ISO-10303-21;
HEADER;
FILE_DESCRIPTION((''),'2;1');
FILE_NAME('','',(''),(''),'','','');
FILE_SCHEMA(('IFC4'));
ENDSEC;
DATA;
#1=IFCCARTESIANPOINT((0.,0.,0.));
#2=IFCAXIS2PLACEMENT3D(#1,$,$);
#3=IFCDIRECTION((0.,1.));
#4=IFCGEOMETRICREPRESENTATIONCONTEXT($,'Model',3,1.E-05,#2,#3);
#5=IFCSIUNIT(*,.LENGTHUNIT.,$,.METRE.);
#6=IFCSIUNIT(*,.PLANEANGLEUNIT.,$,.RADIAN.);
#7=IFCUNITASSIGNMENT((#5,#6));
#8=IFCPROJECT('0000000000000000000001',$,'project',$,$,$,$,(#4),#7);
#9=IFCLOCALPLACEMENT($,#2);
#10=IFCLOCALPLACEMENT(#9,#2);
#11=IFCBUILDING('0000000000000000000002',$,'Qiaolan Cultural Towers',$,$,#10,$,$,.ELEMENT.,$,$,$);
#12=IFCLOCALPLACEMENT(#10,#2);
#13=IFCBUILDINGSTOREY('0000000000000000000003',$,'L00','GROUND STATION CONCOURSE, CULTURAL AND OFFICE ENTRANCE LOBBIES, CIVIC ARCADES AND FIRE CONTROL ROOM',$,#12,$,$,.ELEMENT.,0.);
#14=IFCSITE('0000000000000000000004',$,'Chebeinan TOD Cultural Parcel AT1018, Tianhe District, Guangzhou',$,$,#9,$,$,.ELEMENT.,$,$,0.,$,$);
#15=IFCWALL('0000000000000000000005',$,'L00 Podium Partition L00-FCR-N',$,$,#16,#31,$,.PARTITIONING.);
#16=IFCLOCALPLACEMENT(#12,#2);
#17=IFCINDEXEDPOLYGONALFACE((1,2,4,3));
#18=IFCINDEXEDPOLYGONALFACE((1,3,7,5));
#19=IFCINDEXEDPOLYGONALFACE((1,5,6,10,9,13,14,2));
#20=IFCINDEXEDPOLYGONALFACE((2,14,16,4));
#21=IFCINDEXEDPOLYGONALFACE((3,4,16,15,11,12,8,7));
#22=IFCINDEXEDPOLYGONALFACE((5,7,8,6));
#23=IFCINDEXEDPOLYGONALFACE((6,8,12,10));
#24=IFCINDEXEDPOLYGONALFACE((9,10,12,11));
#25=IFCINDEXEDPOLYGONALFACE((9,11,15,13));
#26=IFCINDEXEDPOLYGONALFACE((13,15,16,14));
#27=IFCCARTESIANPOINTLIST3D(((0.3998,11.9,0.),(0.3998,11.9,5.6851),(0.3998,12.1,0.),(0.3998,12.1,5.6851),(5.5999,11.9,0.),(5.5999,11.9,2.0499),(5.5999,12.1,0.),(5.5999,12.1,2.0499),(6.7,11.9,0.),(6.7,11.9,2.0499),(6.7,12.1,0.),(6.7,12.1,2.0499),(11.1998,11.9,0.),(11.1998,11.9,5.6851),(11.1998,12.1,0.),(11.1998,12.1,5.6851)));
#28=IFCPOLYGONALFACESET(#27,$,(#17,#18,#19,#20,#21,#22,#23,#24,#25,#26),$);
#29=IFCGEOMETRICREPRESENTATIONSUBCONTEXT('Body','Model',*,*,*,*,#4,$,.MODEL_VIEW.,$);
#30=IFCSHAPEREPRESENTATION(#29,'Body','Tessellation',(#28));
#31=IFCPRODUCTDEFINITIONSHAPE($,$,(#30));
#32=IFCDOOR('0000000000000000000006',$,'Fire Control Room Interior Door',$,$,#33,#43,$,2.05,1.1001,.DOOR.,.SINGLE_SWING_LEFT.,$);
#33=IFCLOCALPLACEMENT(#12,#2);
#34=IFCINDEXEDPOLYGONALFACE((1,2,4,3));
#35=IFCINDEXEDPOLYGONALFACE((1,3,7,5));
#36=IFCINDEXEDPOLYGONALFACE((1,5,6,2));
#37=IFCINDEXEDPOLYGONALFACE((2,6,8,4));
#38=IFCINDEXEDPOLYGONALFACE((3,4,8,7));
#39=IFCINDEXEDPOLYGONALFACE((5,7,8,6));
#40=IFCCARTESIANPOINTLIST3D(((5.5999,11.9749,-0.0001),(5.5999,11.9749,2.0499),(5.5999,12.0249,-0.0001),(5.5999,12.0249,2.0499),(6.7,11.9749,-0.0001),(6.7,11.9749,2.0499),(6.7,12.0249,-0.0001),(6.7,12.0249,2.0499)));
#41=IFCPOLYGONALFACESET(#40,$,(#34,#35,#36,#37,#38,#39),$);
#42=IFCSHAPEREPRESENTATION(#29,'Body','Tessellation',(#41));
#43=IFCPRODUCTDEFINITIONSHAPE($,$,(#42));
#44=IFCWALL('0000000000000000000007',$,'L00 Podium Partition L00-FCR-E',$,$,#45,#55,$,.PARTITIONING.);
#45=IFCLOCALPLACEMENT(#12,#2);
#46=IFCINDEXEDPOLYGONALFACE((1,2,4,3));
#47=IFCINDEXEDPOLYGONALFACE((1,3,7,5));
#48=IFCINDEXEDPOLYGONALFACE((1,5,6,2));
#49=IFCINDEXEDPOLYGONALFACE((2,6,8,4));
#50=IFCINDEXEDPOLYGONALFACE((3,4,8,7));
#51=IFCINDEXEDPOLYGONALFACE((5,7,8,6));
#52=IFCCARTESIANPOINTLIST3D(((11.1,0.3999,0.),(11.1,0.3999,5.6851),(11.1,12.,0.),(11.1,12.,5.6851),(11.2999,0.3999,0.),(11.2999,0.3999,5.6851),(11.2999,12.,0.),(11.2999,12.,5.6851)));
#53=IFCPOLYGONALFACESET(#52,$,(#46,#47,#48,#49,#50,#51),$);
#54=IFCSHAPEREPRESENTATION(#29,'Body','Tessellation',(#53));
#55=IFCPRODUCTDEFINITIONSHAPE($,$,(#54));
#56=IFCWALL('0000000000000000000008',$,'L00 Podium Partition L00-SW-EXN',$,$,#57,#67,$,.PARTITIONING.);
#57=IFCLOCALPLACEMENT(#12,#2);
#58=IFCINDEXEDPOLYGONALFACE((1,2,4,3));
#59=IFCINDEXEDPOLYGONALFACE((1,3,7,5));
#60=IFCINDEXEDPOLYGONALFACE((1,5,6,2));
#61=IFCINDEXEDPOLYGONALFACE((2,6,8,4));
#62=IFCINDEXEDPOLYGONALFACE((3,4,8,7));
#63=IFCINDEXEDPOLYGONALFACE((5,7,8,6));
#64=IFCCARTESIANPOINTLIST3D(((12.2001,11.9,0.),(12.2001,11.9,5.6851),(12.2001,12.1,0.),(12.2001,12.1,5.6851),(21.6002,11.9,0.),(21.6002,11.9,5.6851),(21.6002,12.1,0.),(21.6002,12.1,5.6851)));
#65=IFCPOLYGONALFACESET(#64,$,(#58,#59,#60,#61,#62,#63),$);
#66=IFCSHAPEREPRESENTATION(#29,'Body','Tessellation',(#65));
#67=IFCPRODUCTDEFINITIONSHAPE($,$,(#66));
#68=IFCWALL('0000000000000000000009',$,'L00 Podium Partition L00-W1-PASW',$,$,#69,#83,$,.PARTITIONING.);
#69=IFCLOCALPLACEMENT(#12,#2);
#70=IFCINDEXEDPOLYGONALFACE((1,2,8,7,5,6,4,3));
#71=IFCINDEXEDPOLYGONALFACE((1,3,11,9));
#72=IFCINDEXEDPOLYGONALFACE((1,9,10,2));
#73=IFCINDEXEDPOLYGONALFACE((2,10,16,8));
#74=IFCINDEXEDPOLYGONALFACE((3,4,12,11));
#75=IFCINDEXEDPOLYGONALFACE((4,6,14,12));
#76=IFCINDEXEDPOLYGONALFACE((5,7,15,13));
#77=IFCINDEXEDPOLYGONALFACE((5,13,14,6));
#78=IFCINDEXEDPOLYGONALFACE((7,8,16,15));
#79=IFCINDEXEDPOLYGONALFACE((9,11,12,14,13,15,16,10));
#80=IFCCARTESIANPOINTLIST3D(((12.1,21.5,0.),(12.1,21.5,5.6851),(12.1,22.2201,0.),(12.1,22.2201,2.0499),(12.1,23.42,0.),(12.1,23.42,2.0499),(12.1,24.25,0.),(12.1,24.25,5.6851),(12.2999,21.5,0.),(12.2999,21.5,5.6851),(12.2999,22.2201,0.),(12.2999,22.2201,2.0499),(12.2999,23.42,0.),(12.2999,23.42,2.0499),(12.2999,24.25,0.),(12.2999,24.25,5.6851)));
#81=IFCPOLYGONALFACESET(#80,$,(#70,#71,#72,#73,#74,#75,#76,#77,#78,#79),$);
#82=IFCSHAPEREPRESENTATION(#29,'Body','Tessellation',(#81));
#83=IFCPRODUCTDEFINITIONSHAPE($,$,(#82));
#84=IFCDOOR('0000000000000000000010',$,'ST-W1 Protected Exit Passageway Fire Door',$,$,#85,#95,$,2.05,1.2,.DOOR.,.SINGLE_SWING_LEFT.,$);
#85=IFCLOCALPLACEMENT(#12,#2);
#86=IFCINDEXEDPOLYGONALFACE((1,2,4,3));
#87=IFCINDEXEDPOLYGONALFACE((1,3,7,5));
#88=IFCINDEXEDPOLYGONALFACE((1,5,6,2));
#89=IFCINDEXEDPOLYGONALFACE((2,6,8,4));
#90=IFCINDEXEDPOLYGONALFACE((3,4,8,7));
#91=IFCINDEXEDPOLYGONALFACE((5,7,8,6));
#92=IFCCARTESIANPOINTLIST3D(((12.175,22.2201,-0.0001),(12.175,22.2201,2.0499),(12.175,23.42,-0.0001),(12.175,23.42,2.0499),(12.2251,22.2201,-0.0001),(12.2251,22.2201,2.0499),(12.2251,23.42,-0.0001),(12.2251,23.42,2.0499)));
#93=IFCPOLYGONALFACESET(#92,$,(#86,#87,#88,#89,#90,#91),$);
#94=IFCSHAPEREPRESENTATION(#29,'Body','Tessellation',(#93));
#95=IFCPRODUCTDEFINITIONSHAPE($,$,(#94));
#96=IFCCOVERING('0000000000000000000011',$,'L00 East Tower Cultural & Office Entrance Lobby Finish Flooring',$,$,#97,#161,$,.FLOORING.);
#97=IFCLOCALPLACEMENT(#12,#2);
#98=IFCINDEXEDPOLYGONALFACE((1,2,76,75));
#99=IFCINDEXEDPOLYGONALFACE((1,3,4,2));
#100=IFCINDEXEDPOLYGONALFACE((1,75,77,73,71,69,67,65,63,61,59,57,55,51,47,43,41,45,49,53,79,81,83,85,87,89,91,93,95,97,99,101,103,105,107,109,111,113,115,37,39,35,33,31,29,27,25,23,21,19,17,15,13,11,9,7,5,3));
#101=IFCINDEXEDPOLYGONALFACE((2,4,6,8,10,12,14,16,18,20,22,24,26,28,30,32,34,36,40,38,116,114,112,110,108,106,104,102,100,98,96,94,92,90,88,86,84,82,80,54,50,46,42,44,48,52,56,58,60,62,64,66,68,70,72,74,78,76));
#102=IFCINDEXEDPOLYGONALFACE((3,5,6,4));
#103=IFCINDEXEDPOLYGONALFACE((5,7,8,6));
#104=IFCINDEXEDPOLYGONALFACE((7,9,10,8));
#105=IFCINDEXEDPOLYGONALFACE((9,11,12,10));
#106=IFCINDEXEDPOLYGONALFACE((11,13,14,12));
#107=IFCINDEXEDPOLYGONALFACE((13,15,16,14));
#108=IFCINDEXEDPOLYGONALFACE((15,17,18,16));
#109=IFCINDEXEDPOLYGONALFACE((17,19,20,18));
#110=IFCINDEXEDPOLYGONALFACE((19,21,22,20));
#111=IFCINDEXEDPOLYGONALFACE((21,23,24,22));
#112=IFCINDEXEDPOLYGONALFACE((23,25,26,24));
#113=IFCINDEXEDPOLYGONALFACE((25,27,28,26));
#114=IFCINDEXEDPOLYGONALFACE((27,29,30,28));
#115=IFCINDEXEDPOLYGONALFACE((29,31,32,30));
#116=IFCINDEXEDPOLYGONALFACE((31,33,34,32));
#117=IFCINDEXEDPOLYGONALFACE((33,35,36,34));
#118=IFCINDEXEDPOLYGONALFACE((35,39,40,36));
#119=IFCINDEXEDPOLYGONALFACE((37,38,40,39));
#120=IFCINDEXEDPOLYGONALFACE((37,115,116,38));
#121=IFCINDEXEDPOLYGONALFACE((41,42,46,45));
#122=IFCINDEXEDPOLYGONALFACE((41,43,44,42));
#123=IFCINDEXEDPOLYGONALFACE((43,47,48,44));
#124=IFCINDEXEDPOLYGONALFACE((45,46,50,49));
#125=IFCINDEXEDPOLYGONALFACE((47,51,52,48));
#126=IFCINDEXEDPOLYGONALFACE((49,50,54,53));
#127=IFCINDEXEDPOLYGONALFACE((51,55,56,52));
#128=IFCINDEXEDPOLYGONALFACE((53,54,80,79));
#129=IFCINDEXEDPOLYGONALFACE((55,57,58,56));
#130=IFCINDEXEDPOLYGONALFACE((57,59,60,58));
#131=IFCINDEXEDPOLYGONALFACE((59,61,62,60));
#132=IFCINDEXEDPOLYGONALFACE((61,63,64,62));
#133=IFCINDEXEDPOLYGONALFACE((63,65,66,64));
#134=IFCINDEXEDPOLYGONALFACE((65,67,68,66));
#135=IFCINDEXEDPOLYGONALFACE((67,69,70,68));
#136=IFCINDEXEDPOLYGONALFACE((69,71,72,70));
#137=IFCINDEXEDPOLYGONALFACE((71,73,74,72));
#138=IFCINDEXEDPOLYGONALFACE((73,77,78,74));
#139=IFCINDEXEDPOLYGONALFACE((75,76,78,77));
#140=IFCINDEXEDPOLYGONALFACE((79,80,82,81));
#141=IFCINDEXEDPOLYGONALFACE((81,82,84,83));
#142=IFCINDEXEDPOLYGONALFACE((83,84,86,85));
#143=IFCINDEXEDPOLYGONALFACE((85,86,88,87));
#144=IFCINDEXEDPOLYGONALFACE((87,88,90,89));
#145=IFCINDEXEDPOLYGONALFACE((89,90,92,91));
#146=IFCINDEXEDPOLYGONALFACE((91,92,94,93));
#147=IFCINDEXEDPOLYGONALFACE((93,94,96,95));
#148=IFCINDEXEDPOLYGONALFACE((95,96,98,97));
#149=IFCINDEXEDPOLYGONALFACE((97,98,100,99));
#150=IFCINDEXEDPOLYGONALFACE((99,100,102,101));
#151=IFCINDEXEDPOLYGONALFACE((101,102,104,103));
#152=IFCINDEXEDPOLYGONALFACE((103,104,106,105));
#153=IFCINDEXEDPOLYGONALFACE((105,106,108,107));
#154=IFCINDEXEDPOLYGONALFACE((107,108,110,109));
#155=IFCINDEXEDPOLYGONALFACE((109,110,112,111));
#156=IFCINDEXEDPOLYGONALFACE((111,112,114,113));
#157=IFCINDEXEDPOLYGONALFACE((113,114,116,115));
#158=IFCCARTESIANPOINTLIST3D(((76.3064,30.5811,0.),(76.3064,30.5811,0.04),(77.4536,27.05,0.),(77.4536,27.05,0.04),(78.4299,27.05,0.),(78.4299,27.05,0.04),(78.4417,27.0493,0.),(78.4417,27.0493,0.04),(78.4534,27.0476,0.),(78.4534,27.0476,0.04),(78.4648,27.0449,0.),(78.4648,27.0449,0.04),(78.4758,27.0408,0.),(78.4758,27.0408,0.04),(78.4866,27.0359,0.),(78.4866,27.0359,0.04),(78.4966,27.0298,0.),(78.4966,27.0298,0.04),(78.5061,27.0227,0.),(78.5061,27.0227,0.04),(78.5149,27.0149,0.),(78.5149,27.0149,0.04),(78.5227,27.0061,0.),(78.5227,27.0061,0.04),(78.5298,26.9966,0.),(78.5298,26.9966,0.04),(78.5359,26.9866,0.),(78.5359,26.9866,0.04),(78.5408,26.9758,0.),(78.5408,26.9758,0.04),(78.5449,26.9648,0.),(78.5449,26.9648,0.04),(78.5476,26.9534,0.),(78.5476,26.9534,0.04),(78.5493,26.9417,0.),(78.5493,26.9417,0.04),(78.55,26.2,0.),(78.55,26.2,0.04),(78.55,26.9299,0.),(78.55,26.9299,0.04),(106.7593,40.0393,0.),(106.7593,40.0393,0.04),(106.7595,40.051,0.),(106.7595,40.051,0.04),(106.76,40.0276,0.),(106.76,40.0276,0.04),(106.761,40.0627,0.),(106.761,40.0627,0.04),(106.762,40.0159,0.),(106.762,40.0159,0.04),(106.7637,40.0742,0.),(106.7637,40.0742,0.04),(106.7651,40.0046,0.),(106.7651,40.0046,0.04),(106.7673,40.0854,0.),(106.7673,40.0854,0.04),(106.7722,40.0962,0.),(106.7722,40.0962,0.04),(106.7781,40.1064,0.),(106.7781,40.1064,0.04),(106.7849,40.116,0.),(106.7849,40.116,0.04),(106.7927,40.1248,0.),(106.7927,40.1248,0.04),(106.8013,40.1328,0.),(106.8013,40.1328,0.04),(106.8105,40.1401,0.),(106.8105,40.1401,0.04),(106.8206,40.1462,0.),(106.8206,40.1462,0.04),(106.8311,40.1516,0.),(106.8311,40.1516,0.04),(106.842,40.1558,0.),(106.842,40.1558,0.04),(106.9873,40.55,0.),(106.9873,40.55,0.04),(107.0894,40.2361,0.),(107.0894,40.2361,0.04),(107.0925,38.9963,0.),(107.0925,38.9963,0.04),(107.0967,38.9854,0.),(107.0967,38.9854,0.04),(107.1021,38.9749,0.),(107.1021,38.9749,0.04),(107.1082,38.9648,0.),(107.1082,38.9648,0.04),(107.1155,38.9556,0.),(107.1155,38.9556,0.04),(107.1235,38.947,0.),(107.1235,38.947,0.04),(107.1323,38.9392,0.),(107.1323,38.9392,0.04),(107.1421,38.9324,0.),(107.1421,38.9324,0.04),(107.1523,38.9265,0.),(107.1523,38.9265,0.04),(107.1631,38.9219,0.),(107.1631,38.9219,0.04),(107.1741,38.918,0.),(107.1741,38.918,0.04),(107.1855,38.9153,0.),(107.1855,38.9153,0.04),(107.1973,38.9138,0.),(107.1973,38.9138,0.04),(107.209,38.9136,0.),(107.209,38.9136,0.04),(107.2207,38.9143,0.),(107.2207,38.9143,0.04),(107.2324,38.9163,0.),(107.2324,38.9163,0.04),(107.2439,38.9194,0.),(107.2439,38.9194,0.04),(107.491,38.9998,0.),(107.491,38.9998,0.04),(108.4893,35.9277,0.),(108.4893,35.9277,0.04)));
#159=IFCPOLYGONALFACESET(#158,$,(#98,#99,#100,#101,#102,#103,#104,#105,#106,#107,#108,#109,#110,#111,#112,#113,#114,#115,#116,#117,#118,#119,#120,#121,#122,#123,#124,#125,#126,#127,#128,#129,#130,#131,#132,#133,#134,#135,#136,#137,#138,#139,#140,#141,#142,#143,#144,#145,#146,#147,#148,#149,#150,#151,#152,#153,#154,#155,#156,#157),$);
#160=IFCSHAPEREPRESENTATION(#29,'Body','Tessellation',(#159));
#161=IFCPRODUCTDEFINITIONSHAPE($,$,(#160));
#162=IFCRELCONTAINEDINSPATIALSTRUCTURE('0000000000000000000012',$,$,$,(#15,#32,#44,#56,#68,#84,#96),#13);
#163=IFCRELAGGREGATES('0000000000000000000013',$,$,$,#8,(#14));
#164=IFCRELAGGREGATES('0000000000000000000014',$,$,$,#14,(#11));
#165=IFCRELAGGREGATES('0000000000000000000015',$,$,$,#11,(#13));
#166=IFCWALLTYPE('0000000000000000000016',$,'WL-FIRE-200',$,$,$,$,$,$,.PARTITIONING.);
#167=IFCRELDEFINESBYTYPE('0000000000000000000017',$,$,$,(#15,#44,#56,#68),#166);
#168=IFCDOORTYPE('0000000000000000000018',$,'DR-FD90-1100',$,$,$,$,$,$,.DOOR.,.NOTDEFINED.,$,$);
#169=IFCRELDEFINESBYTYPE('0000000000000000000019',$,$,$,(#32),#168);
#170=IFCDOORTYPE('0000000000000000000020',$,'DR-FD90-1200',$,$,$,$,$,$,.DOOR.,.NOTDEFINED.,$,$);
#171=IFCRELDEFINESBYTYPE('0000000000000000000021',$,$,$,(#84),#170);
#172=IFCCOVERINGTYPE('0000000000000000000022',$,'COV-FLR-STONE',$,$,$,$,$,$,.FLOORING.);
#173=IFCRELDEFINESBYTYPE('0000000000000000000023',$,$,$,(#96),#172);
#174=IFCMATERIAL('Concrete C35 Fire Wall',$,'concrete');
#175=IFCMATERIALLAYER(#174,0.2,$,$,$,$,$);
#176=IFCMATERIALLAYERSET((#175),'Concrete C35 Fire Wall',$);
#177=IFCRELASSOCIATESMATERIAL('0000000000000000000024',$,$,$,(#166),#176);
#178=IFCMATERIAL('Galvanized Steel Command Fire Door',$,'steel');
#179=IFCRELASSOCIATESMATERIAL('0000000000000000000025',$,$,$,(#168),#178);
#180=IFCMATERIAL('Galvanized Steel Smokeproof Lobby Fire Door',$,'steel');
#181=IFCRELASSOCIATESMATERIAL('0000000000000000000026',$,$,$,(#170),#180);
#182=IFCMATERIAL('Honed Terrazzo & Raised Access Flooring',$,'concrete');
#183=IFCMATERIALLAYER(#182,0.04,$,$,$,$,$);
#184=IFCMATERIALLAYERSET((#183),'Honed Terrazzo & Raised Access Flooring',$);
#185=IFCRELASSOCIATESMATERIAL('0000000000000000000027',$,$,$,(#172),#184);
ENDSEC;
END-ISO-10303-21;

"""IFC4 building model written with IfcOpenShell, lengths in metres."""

from ifc_helpers import new_model, si_unit, direction, frame, frame_2d, origin, place, context, subcontext, project, spatial, polyline, rectangle, outline, extrude, material, layer, layer_set, type_object, element, fill, save


model = new_model("IFC4")

# Units and contexts
model_context = context("Model", 3, precision=1e-05, world=origin(), true_north=direction((0.0, 1.0)))
body_context = subcontext(model_context, "Body", "Model", "MODEL_VIEW")
ifc_project = project(units=[si_unit("LENGTHUNIT", "METRE"), si_unit("PLANEANGLEUNIT", "RADIAN")], contexts=[model_context])

# Site, building, storey
site_placement = place(None, origin())
site = spatial("IfcSite", under=ifc_project, at=site_placement, Name="Chebeinan TOD Cultural Parcel AT1018, Tianhe District, Guangzhou", CompositionType="ELEMENT", RefElevation=0.0)
building_placement = place(site_placement, origin())
building = spatial("IfcBuilding", under=site, at=building_placement, Name="Qiaolan Cultural Towers", CompositionType="ELEMENT")
storey_placement = place(building_placement, origin())
storey = spatial("IfcBuildingStorey", under=building, at=storey_placement, Name="L00", Description="GROUND STATION CONCOURSE, CULTURAL AND OFFICE ENTRANCE LOBBIES, CIVIC ARCADES AND FIRE CONTROL ROOM", CompositionType="ELEMENT", Elevation=0.0)

# Wall, opening, door
ifc_material_1 = material(Name="Concrete C35 Fire Wall", Category="concrete")
ifc_layer_1 = layer(ifc_material_1, 0.2)
ifc_layer_set_1 = layer_set([ifc_layer_1], Name="Concrete C35 Fire Wall")
wall_type_1 = type_object("IfcWallType", Name="WL-FIRE-200", PredefinedType="PARTITIONING", material=ifc_layer_set_1)
wall_1_placement = place(storey_placement, frame((0.3999, 12.0, 0.0), z_axis=(0.0, 0.0, 1.0), x_axis=(1.0, 0.0, 0.0)))
wall_1 = element("IfcWall", 1, at=wall_1_placement, inside=storey, type_object=wall_type_1, Name="L00 Podium Partition L00-FCR-N", PredefinedType="PARTITIONING", context=body_context, shape_type="SweptSolid", body=[
    extrude(rectangle(XDim=10.8, YDim=0.2, at=frame_2d((5.3999, 0.0))), origin(), (0.0, 0.0, 1.0), 5.6851),
])
opening_1_placement = place(wall_1_placement, frame((5.2, 0.0, 0.0)))
opening_1 = element("IfcOpeningElement", 2, at=opening_1_placement, cuts=wall_1, PredefinedType="OPENING", context=body_context, shape_type="SweptSolid", body=[
    extrude(rectangle(XDim=1.1001, YDim=2.05, at=frame_2d((0.55, 1.0249))), frame((0.0, 0.1099, 0.0), z_axis=(0.0, -1.0, 0.0), x_axis=(1.0, 0.0, 0.0)), (0.0, 0.0, 1.0), 0.22),
])
ifc_material_2 = material(Name="Galvanized Steel Command Fire Door", Category="steel")
door_type_1 = type_object("IfcDoorType", Name="DR-FD90-1100", OperationType="NOTDEFINED", PredefinedType="DOOR", material=ifc_material_2)
door_1_placement = place(opening_1_placement, origin())
door_1 = element("IfcDoor", 3, at=door_1_placement, inside=storey, type_object=door_type_1, Name="Fire Control Room Interior Door", OperationType="SINGLE_SWING_LEFT", OverallHeight=2.05, OverallWidth=1.1001, PredefinedType="DOOR", context=body_context, shape_type="SweptSolid", body=[
    extrude(rectangle(XDim=1.1001, YDim=2.05, at=frame_2d((0.55, 1.0249))), frame((0.0, 0.0249, 0.0), z_axis=(0.0, -1.0, 0.0), x_axis=(1.0, 0.0, 0.0)), (0.0, 0.0, 1.0), 0.05),
])
fill(opening_1, door_1)

# Walls
wall_2_placement = place(storey_placement, frame((11.2, 0.3999, 0.0), z_axis=(0.0, 0.0, 1.0), x_axis=(0.0, 1.0, 0.0)))
element("IfcWall", 4, at=wall_2_placement, inside=storey, type_object=wall_type_1, Name="L00 Podium Partition L00-FCR-E", PredefinedType="PARTITIONING", context=body_context, shape_type="SweptSolid", body=[
    extrude(rectangle(XDim=11.6001, YDim=0.2, at=frame_2d((5.8, 0.0))), origin(), (0.0, 0.0, 1.0), 5.6851),
])
wall_3_placement = place(storey_placement, frame((12.2, 12.0, 0.0), z_axis=(0.0, 0.0, 1.0), x_axis=(1.0, 0.0, 0.0)))
element("IfcWall", 5, at=wall_3_placement, inside=storey, type_object=wall_type_1, Name="L00 Podium Partition L00-SW-EXN", PredefinedType="PARTITIONING", context=body_context, shape_type="SweptSolid", body=[
    extrude(rectangle(XDim=9.4001, YDim=0.2, at=frame_2d((4.7002, 0.0))), origin(), (0.0, 0.0, 1.0), 5.6851),
])

# Wall, opening, door
wall_4_placement = place(storey_placement, frame((12.2, 21.5, 0.0), z_axis=(0.0, 0.0, 1.0), x_axis=(0.0, 1.0, 0.0)))
wall_4 = element("IfcWall", 6, at=wall_4_placement, inside=storey, type_object=wall_type_1, Name="L00 Podium Partition L00-W1-PASW", PredefinedType="PARTITIONING", context=body_context, shape_type="SweptSolid", body=[
    extrude(rectangle(XDim=2.75, YDim=0.2, at=frame_2d((1.375, 0.0))), origin(), (0.0, 0.0, 1.0), 5.6851),
])
opening_2_placement = place(wall_4_placement, frame((0.72, 0.0, 0.0)))
opening_2 = element("IfcOpeningElement", 7, at=opening_2_placement, cuts=wall_4, PredefinedType="OPENING", context=body_context, shape_type="SweptSolid", body=[
    extrude(rectangle(XDim=1.2, YDim=2.05, at=frame_2d((0.6001, 1.0249))), frame((0.0, 0.1099, 0.0), z_axis=(0.0, -1.0, 0.0), x_axis=(1.0, 0.0, 0.0)), (0.0, 0.0, 1.0), 0.22),
])
ifc_material_3 = material(Name="Galvanized Steel Smokeproof Lobby Fire Door", Category="steel")
door_type_2 = type_object("IfcDoorType", Name="DR-FD90-1200", OperationType="NOTDEFINED", PredefinedType="DOOR", material=ifc_material_3)
door_2_placement = place(opening_2_placement, origin())
door_2 = element("IfcDoor", 8, at=door_2_placement, inside=storey, type_object=door_type_2, Name="ST-W1 Protected Exit Passageway Fire Door", OperationType="SINGLE_SWING_LEFT", OverallHeight=2.05, OverallWidth=1.2, PredefinedType="DOOR", context=body_context, shape_type="SweptSolid", body=[
    extrude(rectangle(XDim=1.2, YDim=2.05, at=frame_2d((0.6001, 1.0249))), frame((0.0, 0.0249, 0.0), z_axis=(0.0, -1.0, 0.0), x_axis=(1.0, 0.0, 0.0)), (0.0, 0.0, 1.0), 0.05),
])
fill(opening_2, door_2)

# Covering
ifc_material_4 = material(Name="Honed Terrazzo & Raised Access Flooring", Category="concrete")
ifc_layer_2 = layer(ifc_material_4, 0.04)
ifc_layer_set_2 = layer_set([ifc_layer_2], Name="Honed Terrazzo & Raised Access Flooring")
covering_type = type_object("IfcCoveringType", Name="COV-FLR-STONE", PredefinedType="FLOORING", material=ifc_layer_set_2)
covering_1_placement = place(storey_placement, origin())
element("IfcCovering", 9, at=covering_1_placement, inside=storey, type_object=covering_type, Name="L00 East Tower Cultural & Office Entrance Lobby Finish Flooring", PredefinedType="FLOORING", context=body_context, shape_type="SweptSolid", body=[
    extrude(outline(polyline([(76.3064, 30.5811), (77.4536, 27.05), (78.4299, 27.05), (78.4417, 27.0493), (78.4534, 27.0476), (78.4648, 27.0449), (78.4758, 27.0408), (78.4866, 27.0359), (78.4966, 27.0298), (78.5061, 27.0227), (78.5149, 27.0149), (78.5227, 27.0061), (78.5298, 26.9966), (78.5359, 26.9866), (78.5408, 26.9758), (78.5449, 26.9648), (78.5476, 26.9534), (78.5493, 26.9417), (78.55, 26.9299), (78.55, 26.2), (108.4893, 35.9277), (107.491, 38.9998), (107.2439, 38.9194), (107.2324, 38.9163), (107.2207, 38.9143), (107.209, 38.9136), (107.1973, 38.9138), (107.1855, 38.9153), (107.1741, 38.918), (107.1631, 38.9219), (107.1523, 38.9265), (107.1421, 38.9324), (107.1323, 38.9392), (107.1235, 38.947), (107.1155, 38.9556), (107.1082, 38.9648), (107.1021, 38.9749), (107.0967, 38.9854), (107.0925, 38.9963), (106.7651, 40.0046), (106.762, 40.0159), (106.76, 40.0276), (106.7593, 40.0393), (106.7595, 40.051), (106.761, 40.0627), (106.7637, 40.0742), (106.7673, 40.0854), (106.7722, 40.0962), (106.7781, 40.1064), (106.7849, 40.116), (106.7927, 40.1248), (106.8013, 40.1328), (106.8105, 40.1401), (106.8206, 40.1462), (106.8311, 40.1516), (106.842, 40.1558), (107.0894, 40.2361), (106.9873, 40.55), (76.3064, 30.5811)])), origin(), (0.0, 0.0, 1.0), 0.04),
])

save(model, "model.ifc")
